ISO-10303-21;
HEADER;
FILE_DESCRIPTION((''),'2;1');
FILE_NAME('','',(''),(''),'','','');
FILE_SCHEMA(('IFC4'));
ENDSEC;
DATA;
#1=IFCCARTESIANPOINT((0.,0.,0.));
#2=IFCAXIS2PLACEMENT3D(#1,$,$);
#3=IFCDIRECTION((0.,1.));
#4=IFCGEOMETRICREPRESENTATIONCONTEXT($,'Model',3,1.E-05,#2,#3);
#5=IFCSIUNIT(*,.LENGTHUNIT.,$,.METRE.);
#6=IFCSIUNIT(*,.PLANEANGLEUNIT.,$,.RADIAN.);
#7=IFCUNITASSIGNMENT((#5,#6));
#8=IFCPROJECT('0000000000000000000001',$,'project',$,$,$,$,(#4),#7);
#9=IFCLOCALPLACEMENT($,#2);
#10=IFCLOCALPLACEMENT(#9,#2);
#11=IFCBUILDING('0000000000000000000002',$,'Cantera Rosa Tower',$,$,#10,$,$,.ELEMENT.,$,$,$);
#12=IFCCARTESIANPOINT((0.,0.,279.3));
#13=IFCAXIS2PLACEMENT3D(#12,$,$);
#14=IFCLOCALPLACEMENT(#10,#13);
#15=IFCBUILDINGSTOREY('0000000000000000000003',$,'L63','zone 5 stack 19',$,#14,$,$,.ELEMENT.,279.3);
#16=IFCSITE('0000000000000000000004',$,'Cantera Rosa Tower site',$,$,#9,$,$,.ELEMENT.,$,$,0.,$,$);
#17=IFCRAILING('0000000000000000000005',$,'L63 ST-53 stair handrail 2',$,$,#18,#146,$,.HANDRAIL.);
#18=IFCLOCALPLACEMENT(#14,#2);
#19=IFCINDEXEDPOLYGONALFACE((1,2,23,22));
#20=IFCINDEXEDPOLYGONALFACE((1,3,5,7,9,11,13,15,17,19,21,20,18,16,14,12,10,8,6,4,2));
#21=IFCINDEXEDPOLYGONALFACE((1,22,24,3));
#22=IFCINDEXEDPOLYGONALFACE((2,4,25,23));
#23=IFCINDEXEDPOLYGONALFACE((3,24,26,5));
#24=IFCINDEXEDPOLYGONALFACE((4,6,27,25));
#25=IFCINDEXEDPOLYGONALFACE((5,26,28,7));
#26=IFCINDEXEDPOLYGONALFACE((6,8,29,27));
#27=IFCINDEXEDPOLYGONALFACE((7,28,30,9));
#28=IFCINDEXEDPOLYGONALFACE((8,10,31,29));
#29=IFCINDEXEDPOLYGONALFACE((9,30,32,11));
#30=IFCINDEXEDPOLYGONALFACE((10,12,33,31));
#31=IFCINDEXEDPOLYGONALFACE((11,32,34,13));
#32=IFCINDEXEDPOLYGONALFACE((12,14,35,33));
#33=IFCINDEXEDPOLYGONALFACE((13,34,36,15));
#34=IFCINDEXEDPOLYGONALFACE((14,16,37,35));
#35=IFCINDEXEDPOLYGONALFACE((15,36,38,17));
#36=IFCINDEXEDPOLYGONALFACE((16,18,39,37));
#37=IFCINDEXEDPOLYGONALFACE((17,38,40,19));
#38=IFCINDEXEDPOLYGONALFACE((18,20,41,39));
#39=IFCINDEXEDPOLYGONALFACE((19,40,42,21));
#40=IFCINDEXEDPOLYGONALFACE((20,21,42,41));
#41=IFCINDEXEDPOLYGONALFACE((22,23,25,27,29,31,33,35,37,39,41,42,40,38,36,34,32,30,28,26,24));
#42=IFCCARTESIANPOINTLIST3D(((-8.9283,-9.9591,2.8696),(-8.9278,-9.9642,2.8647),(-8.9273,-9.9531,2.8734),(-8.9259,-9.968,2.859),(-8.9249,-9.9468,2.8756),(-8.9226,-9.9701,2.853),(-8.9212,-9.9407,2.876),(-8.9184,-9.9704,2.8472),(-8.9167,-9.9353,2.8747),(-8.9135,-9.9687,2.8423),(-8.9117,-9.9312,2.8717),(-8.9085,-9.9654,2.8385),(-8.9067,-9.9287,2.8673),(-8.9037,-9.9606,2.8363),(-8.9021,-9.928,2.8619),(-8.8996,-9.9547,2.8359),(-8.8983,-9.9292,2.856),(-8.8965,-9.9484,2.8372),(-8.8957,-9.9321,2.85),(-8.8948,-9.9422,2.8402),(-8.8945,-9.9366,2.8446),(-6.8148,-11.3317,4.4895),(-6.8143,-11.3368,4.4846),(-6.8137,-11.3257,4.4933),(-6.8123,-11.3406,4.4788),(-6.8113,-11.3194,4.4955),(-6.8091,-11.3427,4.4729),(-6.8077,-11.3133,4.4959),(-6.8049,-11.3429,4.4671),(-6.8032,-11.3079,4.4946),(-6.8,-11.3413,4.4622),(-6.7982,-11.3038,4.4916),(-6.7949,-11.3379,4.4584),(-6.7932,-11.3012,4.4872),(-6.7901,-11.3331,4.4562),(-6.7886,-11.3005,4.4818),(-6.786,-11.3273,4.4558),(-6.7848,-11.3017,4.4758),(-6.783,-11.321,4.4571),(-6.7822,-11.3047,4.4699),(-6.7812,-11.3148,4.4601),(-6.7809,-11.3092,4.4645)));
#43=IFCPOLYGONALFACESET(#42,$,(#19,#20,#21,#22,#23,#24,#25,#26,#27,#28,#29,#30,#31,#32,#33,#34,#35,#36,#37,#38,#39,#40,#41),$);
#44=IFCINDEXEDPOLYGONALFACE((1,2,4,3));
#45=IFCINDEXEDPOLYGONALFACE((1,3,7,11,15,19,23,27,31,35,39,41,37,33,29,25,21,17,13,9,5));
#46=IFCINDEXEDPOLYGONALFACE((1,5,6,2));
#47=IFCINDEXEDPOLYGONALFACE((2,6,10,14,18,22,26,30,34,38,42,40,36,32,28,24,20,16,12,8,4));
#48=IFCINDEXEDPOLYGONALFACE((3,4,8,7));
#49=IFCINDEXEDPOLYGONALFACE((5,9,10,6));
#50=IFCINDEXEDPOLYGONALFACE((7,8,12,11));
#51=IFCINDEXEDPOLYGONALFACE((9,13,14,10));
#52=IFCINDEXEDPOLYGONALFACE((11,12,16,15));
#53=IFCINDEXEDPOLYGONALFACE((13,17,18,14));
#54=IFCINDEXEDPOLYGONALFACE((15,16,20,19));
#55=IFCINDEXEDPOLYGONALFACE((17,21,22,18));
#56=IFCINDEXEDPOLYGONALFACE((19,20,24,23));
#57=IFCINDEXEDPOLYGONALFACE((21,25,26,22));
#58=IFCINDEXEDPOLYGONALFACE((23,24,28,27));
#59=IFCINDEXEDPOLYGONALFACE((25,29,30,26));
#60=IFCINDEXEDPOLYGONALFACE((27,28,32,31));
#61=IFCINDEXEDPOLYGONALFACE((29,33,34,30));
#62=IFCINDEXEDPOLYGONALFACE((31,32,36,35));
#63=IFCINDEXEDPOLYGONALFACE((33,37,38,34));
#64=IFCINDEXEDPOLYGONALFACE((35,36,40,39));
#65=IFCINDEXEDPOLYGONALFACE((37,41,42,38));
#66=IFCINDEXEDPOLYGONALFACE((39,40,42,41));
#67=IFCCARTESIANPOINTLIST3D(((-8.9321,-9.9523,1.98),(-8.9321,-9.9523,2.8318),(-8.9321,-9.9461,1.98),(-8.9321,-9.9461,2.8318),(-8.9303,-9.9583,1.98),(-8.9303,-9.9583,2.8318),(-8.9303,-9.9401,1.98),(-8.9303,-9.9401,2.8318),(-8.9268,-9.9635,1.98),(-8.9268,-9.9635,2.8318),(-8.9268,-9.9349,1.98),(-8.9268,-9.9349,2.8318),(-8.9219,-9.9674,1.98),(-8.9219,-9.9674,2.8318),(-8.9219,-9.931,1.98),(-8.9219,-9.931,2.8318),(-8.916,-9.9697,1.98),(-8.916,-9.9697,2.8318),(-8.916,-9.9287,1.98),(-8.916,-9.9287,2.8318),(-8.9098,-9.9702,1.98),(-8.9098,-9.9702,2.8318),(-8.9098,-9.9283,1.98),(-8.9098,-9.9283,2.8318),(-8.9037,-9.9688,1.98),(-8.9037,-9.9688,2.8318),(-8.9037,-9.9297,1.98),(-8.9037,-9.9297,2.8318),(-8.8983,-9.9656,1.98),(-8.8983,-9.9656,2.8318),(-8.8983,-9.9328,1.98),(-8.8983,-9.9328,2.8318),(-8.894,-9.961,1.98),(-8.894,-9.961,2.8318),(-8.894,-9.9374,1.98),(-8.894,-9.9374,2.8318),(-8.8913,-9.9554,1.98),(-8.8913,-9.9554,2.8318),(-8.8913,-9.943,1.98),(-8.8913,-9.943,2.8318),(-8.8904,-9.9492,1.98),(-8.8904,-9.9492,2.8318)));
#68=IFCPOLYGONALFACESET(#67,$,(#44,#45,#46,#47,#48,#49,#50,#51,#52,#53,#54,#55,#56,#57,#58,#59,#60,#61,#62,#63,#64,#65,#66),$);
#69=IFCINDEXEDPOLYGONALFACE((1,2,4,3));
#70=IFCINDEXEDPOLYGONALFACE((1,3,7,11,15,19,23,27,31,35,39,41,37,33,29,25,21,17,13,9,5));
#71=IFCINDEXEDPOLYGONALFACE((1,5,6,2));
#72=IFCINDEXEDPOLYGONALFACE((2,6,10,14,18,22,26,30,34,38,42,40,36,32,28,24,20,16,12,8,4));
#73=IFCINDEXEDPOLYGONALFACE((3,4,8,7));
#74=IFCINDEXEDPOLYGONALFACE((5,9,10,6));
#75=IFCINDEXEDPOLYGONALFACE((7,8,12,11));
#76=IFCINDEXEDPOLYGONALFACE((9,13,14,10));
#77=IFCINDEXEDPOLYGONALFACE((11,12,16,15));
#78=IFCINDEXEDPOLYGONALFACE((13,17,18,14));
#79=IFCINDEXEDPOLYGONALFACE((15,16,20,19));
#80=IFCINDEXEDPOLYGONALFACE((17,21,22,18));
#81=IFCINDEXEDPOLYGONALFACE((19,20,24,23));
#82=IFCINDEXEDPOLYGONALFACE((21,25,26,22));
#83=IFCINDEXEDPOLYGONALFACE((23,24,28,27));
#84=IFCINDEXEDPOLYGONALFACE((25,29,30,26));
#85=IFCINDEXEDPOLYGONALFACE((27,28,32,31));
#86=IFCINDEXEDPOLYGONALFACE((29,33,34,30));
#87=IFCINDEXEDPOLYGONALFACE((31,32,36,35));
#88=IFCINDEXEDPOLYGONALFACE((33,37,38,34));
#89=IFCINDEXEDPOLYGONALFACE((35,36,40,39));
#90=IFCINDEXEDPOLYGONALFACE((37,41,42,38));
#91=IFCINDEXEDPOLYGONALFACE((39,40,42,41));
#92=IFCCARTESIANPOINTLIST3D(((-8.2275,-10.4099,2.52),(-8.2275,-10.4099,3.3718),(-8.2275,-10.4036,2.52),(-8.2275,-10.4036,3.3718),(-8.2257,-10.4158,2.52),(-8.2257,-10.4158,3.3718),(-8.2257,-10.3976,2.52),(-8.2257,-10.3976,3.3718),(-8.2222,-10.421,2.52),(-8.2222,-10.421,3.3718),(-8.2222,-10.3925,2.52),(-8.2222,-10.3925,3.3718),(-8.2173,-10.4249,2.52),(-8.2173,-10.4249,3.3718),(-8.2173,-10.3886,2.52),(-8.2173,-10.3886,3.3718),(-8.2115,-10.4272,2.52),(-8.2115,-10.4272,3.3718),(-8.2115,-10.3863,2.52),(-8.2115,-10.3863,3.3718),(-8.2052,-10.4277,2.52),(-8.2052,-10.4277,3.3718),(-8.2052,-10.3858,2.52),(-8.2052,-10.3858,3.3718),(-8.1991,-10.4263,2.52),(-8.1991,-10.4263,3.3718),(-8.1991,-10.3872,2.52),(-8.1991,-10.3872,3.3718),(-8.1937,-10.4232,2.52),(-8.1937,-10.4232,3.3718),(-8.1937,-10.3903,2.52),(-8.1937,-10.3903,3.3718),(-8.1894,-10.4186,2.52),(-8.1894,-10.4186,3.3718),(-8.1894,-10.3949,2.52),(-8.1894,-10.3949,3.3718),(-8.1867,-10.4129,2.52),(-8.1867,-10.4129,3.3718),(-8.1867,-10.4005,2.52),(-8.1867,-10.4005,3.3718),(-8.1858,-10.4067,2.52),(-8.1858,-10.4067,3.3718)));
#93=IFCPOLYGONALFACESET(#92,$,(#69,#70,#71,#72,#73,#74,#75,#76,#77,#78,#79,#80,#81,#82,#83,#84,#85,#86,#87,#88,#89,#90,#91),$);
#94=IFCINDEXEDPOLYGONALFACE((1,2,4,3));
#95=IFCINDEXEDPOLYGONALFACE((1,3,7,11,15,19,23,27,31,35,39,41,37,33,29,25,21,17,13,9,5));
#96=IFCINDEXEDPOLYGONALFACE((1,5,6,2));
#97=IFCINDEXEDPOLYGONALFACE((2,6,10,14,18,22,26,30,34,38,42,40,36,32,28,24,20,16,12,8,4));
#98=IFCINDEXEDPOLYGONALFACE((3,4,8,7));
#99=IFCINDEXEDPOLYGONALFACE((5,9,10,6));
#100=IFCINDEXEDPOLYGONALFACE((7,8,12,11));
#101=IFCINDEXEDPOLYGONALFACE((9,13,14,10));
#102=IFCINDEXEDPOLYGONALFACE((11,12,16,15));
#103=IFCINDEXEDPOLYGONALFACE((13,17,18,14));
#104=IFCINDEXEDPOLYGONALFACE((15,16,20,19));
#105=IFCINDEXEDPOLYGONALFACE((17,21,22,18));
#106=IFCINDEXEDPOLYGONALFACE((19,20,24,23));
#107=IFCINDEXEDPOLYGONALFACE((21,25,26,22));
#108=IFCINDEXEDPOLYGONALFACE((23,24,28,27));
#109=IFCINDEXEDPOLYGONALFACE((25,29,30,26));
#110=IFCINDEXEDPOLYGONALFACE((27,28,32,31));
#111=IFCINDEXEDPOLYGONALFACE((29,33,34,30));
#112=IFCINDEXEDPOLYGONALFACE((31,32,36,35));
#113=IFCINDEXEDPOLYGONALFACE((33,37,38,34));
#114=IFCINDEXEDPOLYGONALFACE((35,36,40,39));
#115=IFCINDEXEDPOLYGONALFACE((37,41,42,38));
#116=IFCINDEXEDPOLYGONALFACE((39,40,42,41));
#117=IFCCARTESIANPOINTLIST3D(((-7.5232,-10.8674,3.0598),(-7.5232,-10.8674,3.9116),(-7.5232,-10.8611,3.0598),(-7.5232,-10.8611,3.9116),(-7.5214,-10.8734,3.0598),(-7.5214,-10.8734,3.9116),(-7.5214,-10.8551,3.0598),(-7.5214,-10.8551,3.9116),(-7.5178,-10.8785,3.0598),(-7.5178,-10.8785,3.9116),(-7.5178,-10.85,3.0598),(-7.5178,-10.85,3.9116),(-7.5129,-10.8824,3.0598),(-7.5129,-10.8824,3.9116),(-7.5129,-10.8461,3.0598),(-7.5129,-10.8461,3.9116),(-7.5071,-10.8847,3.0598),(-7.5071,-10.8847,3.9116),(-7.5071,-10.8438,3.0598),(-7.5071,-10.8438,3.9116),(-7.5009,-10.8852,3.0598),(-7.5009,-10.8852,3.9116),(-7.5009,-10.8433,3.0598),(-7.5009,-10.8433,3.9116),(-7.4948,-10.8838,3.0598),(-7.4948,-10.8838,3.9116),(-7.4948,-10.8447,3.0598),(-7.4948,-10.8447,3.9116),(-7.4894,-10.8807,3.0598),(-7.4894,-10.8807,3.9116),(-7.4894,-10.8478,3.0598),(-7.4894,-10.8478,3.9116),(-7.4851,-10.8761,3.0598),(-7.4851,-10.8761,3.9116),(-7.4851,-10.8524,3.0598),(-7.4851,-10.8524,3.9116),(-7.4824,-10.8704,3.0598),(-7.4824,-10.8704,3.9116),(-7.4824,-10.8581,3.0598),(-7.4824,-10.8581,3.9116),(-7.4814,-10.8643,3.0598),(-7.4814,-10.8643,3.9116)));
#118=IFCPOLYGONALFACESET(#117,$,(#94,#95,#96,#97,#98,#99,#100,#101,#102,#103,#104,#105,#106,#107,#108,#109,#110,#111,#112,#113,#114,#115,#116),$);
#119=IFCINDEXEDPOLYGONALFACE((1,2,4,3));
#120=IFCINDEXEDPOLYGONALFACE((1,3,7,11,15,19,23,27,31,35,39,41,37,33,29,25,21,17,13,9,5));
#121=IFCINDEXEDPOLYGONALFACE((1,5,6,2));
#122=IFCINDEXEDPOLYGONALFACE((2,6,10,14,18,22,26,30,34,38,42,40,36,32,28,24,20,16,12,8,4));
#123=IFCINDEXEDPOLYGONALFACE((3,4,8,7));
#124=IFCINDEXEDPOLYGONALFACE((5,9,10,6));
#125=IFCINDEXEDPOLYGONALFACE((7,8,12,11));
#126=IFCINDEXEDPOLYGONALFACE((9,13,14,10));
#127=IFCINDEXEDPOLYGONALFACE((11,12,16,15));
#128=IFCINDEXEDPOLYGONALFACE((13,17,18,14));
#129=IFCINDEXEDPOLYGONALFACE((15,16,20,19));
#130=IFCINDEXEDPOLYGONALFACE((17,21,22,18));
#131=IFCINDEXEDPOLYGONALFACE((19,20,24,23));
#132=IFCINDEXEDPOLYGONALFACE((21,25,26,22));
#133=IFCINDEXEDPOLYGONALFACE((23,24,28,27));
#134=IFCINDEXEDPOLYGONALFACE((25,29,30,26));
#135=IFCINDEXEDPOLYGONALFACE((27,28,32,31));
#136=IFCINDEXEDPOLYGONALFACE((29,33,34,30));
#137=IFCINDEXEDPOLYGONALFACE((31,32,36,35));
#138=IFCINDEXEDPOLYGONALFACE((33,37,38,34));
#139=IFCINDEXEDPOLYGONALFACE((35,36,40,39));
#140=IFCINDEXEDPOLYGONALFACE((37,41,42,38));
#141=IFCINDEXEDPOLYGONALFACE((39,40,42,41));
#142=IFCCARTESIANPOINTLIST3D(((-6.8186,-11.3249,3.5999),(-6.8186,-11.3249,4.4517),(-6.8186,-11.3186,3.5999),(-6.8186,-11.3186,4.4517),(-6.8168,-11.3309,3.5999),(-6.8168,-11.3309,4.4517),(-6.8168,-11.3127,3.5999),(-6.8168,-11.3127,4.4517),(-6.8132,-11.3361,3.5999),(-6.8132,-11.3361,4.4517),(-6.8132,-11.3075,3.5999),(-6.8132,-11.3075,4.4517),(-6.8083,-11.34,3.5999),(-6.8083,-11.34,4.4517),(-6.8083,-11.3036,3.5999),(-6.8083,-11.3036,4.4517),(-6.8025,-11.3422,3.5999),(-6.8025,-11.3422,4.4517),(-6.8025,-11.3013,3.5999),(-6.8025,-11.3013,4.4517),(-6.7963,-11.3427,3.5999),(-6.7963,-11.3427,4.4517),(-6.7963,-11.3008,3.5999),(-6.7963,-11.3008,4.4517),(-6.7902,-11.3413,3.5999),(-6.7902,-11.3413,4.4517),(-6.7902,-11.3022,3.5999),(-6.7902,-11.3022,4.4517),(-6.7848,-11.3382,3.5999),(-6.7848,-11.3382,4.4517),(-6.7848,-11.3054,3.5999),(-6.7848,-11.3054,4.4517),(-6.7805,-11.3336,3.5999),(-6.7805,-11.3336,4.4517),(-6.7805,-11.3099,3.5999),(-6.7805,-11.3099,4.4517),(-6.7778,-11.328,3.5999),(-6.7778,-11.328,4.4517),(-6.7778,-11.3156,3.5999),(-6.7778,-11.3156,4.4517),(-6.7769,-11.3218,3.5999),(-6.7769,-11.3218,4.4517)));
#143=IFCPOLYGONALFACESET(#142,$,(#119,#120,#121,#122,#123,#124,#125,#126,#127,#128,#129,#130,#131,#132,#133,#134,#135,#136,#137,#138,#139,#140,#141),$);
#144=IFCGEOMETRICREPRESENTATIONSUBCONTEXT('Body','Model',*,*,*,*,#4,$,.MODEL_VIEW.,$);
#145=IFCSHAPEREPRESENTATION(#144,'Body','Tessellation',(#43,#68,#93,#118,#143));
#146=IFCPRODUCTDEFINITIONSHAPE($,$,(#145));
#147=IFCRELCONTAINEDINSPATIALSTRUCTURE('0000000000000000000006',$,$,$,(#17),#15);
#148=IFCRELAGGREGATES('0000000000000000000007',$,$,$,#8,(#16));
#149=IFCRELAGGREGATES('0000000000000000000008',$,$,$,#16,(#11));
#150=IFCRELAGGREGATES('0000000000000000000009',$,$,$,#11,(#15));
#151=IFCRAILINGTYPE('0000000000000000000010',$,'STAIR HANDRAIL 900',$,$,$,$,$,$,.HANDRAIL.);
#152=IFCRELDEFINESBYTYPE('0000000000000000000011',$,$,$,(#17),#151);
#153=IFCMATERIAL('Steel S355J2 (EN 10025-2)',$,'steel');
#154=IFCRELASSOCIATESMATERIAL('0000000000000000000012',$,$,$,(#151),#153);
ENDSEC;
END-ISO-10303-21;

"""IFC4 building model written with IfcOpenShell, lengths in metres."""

from ifc_helpers import new_model, si_unit, direction, frame, origin, origin_2d, place, context, subcontext, project, spatial, circle, extrude, material, type_object, element, save


model = new_model("IFC4")

# Units and contexts
model_context = context("Model", 3, precision=1e-05, world=origin(), true_north=direction((0.0, 1.0)))
body_context = subcontext(model_context, "Body", "Model", "MODEL_VIEW")
ifc_project = project(units=[si_unit("LENGTHUNIT", "METRE"), si_unit("PLANEANGLEUNIT", "RADIAN")], contexts=[model_context])

# Site, building, storey
site_placement = place(None, origin())
site = spatial("IfcSite", under=ifc_project, at=site_placement, Name="Cantera Rosa Tower site", CompositionType="ELEMENT", RefElevation=0.0)
building_placement = place(site_placement, origin())
building = spatial("IfcBuilding", under=site, at=building_placement, Name="Cantera Rosa Tower", CompositionType="ELEMENT")
storey_placement = place(building_placement, frame((0.0, 0.0, 279.3)))
storey = spatial("IfcBuildingStorey", under=building, at=storey_placement, Name="L63", Description="zone 5 stack 19", CompositionType="ELEMENT", Elevation=279.3)

# Railing
ifc_material_1 = material(Name="Steel S355J2 (EN 10025-2)", Category="steel")
railing_type_1 = type_object("IfcRailingType", Name="STAIR HANDRAIL 900", PredefinedType="HANDRAIL", material=ifc_material_1)
railing_1_placement = place(storey_placement, frame((-8.9114, -9.9492, 1.98)))
element("IfcRailing", 1, at=railing_1_placement, inside=storey, type_object=railing_type_1, Name="L63 ST-53 stair handrail 2", PredefinedType="HANDRAIL", context=body_context, shape_type="SweptSolid", body=[
    extrude(circle(Radius=0.0239, at=origin_2d()), frame((0.0, 0.0, 0.876), z_axis=(0.705493, -0.458159, 0.540712), x_axis=(0.544644, 0.838667, 0.0)), (0.0, 0.0, 1.0), 2.9958),
    extrude(circle(Radius=0.021, at=origin_2d()), origin(), (0.0, 0.0, 1.0), 0.8518),
    extrude(circle(Radius=0.021, at=origin_2d()), frame((0.7046, -0.4575, 0.54)), (0.0, 0.0, 1.0), 0.8518),
    extrude(circle(Radius=0.021, at=origin_2d()), frame((1.4089, -0.915, 1.0798)), (0.0, 0.0, 1.0), 0.8518),
    extrude(circle(Radius=0.021, at=origin_2d()), frame((2.1135, -1.3726, 1.6199)), (0.0, 0.0, 1.0), 0.8518),
])

save(model, "model.ifc")
